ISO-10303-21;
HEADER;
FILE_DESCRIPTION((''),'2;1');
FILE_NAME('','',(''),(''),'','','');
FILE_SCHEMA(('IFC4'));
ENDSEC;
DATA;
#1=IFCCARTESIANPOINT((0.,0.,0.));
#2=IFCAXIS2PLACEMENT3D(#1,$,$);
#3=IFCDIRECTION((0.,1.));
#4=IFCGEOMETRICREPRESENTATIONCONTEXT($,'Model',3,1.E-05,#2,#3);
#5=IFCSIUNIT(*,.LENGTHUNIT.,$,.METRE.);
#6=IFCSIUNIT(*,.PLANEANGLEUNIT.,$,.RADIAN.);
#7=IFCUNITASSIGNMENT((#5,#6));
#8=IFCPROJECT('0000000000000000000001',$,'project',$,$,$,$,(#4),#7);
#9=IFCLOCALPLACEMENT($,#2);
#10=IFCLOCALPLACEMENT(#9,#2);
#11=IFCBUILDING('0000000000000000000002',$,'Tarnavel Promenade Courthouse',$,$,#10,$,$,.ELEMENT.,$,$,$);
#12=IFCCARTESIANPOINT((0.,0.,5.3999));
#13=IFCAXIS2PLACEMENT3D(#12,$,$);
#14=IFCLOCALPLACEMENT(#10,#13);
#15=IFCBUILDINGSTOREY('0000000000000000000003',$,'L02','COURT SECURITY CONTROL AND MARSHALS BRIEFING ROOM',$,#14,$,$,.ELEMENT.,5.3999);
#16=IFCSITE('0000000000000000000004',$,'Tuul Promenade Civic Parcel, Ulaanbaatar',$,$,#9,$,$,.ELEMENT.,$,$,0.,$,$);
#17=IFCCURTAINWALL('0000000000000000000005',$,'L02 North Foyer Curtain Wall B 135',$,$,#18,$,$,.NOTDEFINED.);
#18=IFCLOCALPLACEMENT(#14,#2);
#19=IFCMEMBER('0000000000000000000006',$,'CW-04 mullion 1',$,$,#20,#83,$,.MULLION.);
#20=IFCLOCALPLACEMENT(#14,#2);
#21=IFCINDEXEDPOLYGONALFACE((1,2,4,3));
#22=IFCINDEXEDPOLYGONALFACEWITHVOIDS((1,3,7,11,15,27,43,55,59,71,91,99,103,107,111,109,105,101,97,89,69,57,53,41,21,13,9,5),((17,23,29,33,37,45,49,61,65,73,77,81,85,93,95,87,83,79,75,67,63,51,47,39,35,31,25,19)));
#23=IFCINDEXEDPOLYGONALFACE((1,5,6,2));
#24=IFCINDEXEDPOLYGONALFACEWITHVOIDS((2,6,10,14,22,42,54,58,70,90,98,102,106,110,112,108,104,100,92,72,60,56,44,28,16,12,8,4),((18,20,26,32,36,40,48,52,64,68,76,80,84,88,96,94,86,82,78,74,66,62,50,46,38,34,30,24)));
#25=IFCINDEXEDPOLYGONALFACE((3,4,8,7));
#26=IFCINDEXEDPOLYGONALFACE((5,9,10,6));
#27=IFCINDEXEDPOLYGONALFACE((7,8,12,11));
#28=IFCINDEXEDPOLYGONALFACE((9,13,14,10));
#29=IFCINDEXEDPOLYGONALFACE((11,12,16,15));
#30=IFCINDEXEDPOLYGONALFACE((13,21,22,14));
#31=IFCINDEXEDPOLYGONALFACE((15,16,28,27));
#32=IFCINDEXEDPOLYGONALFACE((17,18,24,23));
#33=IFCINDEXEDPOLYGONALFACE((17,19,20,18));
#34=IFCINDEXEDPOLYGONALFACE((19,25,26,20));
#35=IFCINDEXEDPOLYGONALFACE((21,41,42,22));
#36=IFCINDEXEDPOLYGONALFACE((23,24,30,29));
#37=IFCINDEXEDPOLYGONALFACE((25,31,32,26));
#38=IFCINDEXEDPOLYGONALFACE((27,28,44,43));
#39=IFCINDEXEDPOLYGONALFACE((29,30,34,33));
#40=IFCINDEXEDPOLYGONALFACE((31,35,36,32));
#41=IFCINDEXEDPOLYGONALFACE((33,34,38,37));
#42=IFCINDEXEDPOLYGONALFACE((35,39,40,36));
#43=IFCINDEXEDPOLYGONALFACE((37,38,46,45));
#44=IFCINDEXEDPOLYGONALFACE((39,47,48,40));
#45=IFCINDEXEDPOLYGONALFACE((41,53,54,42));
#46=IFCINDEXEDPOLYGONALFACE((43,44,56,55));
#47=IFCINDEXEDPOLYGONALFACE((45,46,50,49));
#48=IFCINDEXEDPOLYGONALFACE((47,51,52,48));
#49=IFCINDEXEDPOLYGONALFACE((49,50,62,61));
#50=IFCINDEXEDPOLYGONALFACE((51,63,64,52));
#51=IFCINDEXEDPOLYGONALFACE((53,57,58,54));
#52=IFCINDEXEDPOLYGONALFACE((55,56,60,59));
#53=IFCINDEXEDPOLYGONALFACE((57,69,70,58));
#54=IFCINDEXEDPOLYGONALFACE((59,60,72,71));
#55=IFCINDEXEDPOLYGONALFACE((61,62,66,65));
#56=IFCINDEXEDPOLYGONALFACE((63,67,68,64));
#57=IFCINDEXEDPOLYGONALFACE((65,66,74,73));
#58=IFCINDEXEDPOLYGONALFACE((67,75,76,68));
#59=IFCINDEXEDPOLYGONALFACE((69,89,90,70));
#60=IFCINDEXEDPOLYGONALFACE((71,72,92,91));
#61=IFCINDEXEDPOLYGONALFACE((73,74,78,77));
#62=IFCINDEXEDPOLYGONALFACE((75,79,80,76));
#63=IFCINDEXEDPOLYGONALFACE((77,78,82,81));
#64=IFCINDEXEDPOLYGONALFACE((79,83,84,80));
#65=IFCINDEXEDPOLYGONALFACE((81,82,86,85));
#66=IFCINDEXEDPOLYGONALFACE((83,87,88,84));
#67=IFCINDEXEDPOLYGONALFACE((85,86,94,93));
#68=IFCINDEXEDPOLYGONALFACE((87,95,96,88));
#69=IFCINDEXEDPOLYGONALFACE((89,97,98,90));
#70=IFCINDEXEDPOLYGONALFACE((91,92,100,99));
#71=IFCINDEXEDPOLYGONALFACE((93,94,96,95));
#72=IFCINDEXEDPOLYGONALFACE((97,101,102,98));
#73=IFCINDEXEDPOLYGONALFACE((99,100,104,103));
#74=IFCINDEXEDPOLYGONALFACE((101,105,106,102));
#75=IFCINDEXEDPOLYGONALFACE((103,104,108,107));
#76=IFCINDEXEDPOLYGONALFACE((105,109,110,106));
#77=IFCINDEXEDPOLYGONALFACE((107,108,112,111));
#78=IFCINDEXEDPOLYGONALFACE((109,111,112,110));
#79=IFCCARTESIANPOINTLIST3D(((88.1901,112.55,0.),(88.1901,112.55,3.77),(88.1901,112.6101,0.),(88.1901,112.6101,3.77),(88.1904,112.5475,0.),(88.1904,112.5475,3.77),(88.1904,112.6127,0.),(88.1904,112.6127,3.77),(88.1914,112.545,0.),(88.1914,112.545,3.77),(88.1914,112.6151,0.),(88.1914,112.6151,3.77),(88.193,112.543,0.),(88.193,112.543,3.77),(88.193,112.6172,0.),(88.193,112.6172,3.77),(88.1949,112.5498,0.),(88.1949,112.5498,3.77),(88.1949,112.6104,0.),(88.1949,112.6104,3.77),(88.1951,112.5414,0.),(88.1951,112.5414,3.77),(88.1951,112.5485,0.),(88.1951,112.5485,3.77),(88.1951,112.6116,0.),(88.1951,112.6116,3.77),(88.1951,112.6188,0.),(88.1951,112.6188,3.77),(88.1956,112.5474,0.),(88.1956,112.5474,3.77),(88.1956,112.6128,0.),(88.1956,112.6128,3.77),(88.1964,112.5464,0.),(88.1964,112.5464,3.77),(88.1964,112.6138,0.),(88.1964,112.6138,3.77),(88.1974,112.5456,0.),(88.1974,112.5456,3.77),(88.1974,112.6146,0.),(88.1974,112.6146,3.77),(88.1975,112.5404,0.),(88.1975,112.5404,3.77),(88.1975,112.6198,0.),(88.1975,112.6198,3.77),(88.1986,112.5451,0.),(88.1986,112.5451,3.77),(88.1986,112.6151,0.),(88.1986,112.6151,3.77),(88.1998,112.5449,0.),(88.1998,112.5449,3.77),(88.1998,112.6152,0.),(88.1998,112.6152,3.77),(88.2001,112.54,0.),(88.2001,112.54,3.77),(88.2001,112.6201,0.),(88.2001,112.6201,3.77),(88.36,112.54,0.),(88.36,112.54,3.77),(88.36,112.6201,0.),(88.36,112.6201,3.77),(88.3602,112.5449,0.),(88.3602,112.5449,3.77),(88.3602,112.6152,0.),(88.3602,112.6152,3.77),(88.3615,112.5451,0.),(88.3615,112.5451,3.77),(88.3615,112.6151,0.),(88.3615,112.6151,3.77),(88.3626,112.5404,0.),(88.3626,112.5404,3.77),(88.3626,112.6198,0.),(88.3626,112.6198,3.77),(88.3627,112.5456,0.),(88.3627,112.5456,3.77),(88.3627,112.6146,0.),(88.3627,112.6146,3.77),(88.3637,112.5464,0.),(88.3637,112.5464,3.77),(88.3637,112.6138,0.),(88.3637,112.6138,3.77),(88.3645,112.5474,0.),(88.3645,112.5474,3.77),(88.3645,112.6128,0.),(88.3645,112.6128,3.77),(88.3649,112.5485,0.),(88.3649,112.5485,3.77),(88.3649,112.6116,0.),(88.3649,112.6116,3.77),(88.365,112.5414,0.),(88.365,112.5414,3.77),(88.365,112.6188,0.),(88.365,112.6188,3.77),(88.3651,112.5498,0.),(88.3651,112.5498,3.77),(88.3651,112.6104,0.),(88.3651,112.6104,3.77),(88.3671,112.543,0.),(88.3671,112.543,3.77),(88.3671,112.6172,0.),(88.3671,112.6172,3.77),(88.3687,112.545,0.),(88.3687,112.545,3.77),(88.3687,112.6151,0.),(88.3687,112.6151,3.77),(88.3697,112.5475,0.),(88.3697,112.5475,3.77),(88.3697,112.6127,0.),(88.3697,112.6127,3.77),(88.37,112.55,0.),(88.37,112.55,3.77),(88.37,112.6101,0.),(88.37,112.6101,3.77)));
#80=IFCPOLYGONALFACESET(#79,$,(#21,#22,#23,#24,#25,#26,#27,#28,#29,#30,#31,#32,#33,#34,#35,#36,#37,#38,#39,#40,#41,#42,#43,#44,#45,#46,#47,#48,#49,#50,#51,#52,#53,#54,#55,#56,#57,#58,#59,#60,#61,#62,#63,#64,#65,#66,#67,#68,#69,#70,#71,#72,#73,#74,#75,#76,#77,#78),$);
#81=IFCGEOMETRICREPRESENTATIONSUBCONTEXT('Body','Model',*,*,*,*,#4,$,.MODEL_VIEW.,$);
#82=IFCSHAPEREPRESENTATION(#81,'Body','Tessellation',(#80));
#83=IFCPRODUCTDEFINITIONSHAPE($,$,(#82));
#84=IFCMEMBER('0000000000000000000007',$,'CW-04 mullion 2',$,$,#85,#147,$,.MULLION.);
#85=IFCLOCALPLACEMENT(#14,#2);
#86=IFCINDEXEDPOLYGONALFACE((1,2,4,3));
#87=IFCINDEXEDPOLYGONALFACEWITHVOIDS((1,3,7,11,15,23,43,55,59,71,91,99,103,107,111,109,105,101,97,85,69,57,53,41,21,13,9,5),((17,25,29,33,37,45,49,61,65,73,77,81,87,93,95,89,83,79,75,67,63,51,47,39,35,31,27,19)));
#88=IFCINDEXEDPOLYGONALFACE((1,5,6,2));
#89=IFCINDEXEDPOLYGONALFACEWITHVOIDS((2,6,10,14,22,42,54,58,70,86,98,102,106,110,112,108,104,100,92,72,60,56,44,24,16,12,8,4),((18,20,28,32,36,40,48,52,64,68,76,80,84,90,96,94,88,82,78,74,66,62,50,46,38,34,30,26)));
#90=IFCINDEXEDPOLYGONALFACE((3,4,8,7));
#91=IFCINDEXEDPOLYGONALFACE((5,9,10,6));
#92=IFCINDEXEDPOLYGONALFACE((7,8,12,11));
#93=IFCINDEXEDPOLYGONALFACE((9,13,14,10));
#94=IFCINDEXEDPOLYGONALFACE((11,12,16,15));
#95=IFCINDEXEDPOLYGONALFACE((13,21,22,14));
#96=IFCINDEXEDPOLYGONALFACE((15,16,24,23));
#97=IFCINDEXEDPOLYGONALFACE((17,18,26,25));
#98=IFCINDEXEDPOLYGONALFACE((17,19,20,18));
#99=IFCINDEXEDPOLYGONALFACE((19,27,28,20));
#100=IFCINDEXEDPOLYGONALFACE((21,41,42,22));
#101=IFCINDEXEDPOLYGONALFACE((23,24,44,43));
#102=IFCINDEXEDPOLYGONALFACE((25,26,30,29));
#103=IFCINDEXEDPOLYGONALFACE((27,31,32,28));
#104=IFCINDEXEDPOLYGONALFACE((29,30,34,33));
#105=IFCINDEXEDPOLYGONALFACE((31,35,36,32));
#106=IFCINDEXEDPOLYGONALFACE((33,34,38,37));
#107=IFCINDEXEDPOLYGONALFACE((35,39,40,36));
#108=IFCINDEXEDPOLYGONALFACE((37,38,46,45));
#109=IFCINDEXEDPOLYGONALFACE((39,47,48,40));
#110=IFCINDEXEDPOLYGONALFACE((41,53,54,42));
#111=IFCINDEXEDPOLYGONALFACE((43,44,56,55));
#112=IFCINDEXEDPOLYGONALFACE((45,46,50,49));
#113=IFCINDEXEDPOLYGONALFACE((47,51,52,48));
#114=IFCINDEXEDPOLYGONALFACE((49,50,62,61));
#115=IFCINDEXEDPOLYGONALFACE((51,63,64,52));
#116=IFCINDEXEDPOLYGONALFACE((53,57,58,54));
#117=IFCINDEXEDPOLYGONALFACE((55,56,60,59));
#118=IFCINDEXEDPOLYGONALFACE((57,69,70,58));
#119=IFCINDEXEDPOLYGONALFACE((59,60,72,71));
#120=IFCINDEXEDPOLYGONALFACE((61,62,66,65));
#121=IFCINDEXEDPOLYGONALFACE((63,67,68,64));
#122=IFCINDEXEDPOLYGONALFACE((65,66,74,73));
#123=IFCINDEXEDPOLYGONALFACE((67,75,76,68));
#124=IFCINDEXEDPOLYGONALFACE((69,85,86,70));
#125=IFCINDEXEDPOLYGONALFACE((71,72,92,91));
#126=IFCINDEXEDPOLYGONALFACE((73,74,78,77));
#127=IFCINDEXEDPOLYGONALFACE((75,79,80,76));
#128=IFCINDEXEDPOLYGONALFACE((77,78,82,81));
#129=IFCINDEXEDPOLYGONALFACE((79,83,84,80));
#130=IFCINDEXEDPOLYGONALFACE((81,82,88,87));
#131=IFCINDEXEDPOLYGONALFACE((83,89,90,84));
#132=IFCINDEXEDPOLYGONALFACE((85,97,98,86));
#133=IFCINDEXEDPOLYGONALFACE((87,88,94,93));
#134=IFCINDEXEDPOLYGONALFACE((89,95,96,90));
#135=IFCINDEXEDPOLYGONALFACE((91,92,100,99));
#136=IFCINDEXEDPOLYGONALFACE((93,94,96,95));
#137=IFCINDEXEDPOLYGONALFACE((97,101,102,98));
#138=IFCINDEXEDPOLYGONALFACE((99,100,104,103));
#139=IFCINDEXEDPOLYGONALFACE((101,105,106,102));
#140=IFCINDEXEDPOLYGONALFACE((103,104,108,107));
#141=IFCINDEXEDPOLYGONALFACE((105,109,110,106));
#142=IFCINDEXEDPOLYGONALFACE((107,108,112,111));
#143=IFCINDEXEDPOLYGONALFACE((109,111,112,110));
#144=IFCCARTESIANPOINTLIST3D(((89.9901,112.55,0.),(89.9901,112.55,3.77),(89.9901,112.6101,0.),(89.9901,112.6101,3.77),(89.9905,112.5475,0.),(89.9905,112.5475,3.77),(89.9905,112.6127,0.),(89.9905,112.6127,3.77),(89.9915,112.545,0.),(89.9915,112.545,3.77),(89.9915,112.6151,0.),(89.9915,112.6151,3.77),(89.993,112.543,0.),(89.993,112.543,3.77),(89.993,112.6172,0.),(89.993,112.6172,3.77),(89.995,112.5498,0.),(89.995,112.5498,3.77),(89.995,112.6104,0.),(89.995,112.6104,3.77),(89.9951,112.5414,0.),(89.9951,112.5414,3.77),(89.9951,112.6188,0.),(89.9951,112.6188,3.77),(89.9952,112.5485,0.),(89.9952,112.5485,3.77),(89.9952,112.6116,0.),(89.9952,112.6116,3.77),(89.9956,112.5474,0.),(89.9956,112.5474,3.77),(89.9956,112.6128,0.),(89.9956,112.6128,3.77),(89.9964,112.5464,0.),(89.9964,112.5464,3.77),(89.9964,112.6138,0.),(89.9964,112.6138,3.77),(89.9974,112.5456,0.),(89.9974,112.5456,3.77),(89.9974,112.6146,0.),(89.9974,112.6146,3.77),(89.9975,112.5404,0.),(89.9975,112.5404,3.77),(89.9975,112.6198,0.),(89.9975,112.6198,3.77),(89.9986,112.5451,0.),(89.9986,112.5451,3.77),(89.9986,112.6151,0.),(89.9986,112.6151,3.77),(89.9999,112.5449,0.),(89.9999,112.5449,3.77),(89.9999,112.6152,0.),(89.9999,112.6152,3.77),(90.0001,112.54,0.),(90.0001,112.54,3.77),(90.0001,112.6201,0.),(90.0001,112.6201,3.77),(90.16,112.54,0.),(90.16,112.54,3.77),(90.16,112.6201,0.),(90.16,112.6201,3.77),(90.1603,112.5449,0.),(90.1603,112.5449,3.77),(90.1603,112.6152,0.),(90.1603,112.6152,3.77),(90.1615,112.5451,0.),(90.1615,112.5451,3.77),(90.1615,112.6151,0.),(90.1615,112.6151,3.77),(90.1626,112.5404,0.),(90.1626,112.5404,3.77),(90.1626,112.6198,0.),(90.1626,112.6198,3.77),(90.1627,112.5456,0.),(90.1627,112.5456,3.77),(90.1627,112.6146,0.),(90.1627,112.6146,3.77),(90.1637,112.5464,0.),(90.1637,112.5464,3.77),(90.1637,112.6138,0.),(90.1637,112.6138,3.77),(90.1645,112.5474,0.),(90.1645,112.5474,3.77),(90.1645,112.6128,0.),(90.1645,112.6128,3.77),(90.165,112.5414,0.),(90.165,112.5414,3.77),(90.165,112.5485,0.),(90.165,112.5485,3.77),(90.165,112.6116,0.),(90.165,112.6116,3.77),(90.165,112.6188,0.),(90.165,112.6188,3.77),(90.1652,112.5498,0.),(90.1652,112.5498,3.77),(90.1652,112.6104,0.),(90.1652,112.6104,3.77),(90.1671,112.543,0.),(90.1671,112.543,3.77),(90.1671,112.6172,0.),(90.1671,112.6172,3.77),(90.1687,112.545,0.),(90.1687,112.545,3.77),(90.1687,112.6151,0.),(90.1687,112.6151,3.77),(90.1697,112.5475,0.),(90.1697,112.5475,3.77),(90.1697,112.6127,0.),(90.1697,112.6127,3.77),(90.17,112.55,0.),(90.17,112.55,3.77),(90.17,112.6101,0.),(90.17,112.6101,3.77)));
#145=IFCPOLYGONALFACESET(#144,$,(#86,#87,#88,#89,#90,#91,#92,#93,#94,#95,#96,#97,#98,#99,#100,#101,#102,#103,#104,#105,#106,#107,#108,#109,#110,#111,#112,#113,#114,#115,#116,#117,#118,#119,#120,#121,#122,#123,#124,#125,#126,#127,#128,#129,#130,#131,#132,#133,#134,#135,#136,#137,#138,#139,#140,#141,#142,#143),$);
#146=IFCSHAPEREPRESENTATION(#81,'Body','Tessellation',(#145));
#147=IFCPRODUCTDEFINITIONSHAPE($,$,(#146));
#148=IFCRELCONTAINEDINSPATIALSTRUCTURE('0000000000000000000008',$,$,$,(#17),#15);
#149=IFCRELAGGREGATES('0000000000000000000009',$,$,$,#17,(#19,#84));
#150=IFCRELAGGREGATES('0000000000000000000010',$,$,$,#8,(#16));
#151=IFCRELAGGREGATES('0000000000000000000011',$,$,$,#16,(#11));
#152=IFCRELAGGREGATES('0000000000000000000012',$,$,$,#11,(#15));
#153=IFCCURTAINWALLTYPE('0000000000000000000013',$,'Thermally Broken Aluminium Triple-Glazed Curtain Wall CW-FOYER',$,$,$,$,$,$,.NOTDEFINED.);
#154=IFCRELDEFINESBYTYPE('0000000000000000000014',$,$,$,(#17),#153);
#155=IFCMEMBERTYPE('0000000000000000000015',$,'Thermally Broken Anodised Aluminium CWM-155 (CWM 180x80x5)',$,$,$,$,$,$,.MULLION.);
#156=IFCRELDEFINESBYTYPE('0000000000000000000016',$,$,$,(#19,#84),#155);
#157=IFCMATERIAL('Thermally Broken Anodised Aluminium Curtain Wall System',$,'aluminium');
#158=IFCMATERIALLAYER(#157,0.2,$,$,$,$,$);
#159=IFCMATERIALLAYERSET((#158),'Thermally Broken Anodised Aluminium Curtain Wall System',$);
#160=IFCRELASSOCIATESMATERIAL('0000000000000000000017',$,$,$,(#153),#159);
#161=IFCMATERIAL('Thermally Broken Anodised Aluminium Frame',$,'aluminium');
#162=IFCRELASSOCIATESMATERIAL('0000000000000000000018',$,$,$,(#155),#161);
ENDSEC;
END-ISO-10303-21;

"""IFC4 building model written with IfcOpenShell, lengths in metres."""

from ifc_helpers import new_model, si_unit, direction, frame, origin, origin_2d, place, context, subcontext, project, spatial, hollow_rectangle, extrude, material, layer, layer_set, material_profile, profile_set, type_object, element, aggregate, save


model = new_model("IFC4")

# Units and contexts
model_context = context("Model", 3, precision=1e-05, world=origin(), true_north=direction((0.0, 1.0)))
body_context = subcontext(model_context, "Body", "Model", "MODEL_VIEW")
ifc_project = project(units=[si_unit("LENGTHUNIT", "METRE"), si_unit("PLANEANGLEUNIT", "RADIAN")], contexts=[model_context])

# Site, building, storey
site_placement = place(None, origin())
site = spatial("IfcSite", under=ifc_project, at=site_placement, Name="Tuul Promenade Civic Parcel, Ulaanbaatar", CompositionType="ELEMENT", RefElevation=0.0)
building_placement = place(site_placement, origin())
building = spatial("IfcBuilding", under=site, at=building_placement, Name="Tarnavel Promenade Courthouse", CompositionType="ELEMENT")
storey_placement = place(building_placement, frame((0.0, 0.0, 5.3999)))
storey = spatial("IfcBuildingStorey", under=building, at=storey_placement, Name="L02", Description="COURT SECURITY CONTROL AND MARSHALS BRIEFING ROOM", CompositionType="ELEMENT", Elevation=5.3999)

# Shared definitions
ifc_material_1 = material(Name="Thermally Broken Anodised Aluminium Curtain Wall System", Category="aluminium")
ifc_layer_1 = layer(ifc_material_1, 0.2)
ifc_layer_set_1 = layer_set([ifc_layer_1], Name="Thermally Broken Anodised Aluminium Curtain Wall System")
curtain_wall_type = type_object("IfcCurtainWallType", Name="Thermally Broken Aluminium Triple-Glazed Curtain Wall CW-FOYER", PredefinedType="NOTDEFINED", material=ifc_layer_set_1)
ifc_material_2 = material(Name="Thermally Broken Anodised Aluminium Frame", Category="aluminium")
ifc_material_profile_1 = material_profile(ifc_material_2, hollow_rectangle(XDim=0.0801, YDim=0.1799, WallThickness=0.0049, InnerFilletRadius=0.0049, OuterFilletRadius=0.01, at=origin_2d()), Name="CWM 180x80x5")
ifc_profile_set_1 = profile_set([ifc_material_profile_1], Name="Thermally Broken Anodised Aluminium Frame")
member_type_1 = type_object("IfcMemberType", Name="Thermally Broken Anodised Aluminium CWM-155 (CWM 180x80x5)", PredefinedType="MULLION", material=ifc_profile_set_1)

# Curtain wall, members
curtain_wall_1_placement = place(storey_placement, origin())
curtain_wall_1 = element("IfcCurtainWall", 1, at=curtain_wall_1_placement, inside=storey, type_object=curtain_wall_type, Name="L02 North Foyer Curtain Wall B 135", PredefinedType="NOTDEFINED")
member_1_placement = place(storey_placement, frame((88.28, 112.5801, 0.0), z_axis=(0.0, 0.0, 1.0), x_axis=(0.0, 1.0, 0.0)))
member_1 = element("IfcMember", 2, at=member_1_placement, type_object=member_type_1, Name="CW-04 mullion 1", PredefinedType="MULLION", context=body_context, shape_type="SweptSolid", body=[
    extrude(hollow_rectangle(XDim=0.0801, YDim=0.1799, WallThickness=0.0049, InnerFilletRadius=0.0049, OuterFilletRadius=0.01, at=origin_2d()), origin(), (0.0, 0.0, 1.0), 3.77),
])
member_2_placement = place(storey_placement, frame((90.0801, 112.5801, 0.0), z_axis=(0.0, 0.0, 1.0), x_axis=(0.0, 1.0, 0.0)))
member_2 = element("IfcMember", 3, at=member_2_placement, type_object=member_type_1, Name="CW-04 mullion 2", PredefinedType="MULLION", context=body_context, shape_type="SweptSolid", body=[
    extrude(hollow_rectangle(XDim=0.0801, YDim=0.1799, WallThickness=0.0049, InnerFilletRadius=0.0049, OuterFilletRadius=0.01, at=origin_2d()), origin(), (0.0, 0.0, 1.0), 3.77),
])

aggregate(curtain_wall_1, [member_1, member_2])

save(model, "model.ifc")
